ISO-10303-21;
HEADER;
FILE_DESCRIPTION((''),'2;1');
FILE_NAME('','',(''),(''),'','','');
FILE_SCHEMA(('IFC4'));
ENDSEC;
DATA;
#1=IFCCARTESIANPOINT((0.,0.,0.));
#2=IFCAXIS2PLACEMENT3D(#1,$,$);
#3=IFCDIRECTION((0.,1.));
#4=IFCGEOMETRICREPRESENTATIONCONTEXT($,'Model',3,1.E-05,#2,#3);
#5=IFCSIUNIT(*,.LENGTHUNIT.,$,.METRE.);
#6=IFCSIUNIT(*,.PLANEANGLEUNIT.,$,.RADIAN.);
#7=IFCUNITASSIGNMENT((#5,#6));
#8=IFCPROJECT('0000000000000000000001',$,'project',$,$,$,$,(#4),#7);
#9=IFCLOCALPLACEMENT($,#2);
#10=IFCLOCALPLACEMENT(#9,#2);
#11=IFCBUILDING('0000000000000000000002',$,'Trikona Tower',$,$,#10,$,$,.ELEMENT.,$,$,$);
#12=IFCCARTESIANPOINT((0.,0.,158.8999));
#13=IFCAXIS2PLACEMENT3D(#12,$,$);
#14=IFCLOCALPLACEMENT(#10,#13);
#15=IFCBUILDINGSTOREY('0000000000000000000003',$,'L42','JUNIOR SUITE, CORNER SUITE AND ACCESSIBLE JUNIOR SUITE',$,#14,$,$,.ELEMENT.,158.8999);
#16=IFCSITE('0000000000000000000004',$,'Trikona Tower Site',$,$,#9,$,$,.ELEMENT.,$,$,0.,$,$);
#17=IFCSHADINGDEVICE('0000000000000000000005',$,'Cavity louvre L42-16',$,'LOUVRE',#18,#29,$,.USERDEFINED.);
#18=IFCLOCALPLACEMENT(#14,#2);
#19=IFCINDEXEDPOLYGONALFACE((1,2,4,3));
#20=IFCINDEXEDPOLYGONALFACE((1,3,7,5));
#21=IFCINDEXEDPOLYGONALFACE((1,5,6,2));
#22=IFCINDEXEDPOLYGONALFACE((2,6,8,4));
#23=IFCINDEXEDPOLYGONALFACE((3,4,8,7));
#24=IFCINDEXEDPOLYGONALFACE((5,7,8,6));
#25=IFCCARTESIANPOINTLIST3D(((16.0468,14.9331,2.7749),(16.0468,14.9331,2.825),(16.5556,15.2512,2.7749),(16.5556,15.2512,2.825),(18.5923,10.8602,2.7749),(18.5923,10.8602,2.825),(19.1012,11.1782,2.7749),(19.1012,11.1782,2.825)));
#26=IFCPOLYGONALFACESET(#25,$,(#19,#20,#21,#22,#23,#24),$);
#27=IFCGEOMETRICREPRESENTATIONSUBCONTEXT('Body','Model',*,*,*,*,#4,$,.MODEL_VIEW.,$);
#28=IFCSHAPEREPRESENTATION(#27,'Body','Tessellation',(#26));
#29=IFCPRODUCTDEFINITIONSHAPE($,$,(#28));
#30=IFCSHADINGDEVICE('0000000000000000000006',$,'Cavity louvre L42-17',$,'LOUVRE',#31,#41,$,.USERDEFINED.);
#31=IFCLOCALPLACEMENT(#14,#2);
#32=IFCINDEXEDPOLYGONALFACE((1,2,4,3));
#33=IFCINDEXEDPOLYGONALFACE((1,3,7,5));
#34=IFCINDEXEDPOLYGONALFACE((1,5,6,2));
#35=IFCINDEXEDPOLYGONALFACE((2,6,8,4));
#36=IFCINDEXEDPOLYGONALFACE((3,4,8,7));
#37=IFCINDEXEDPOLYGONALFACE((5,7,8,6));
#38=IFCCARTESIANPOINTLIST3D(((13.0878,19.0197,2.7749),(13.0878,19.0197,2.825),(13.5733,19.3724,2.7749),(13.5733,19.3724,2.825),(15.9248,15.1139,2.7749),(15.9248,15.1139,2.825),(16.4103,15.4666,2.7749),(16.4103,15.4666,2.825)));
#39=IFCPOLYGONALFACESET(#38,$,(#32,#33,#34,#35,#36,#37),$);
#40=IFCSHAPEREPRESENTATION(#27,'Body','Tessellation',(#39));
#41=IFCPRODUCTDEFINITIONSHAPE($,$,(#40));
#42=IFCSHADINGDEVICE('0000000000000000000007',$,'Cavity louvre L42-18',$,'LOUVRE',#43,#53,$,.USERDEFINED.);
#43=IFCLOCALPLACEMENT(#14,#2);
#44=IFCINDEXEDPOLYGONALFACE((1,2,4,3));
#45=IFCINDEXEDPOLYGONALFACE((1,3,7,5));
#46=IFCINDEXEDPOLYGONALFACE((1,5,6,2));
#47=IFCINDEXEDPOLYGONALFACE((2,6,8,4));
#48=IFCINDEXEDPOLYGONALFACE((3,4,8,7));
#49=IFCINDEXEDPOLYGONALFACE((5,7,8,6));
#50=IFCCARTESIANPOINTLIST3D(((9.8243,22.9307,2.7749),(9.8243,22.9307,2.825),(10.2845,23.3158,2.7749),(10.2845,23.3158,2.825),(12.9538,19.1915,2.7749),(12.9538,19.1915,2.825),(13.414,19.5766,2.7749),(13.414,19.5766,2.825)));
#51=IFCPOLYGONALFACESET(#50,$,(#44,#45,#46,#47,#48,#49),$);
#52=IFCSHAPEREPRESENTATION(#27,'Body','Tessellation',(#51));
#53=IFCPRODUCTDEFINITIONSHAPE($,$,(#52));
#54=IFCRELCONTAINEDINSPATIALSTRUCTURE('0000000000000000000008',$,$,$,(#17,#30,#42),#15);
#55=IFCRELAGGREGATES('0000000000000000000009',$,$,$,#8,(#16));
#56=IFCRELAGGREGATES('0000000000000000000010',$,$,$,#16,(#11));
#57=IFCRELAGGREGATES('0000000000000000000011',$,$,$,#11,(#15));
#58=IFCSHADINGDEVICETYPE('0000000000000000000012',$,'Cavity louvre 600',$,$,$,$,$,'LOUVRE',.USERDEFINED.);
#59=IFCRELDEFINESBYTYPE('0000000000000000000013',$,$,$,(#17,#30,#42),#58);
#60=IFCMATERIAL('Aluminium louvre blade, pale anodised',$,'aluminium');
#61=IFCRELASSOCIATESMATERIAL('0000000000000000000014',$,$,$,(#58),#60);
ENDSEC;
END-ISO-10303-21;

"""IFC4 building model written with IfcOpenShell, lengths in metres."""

from ifc_helpers import new_model, si_unit, direction, frame, origin, origin_2d, place, context, subcontext, project, spatial, rectangle, extrude, material, type_object, element, save


model = new_model("IFC4")

# Units and contexts
model_context = context("Model", 3, precision=1e-05, world=origin(), true_north=direction((0.0, 1.0)))
body_context = subcontext(model_context, "Body", "Model", "MODEL_VIEW")
ifc_project = project(units=[si_unit("LENGTHUNIT", "METRE"), si_unit("PLANEANGLEUNIT", "RADIAN")], contexts=[model_context])

# Site, building, storey
site_placement = place(None, origin())
site = spatial("IfcSite", under=ifc_project, at=site_placement, Name="Trikona Tower Site", CompositionType="ELEMENT", RefElevation=0.0)
building_placement = place(site_placement, origin())
building = spatial("IfcBuilding", under=site, at=building_placement, Name="Trikona Tower", CompositionType="ELEMENT")
storey_placement = place(building_placement, frame((0.0, 0.0, 158.8999)))
storey = spatial("IfcBuildingStorey", under=building, at=storey_placement, Name="L42", Description="JUNIOR SUITE, CORNER SUITE AND ACCESSIBLE JUNIOR SUITE", CompositionType="ELEMENT", Elevation=158.8999)

# Shading devices
ifc_material_1 = material(Name="Aluminium louvre blade, pale anodised", Category="aluminium")
shading_device_type = type_object("IfcShadingDeviceType", Name="Cavity louvre 600", ElementType="LOUVRE", PredefinedType="USERDEFINED", material=ifc_material_1)
shading_device_1_placement = place(storey_placement, frame((17.574, 13.0557, 2.7749), z_axis=(0.0, 0.0, 1.0), x_axis=(-0.529995, 0.848001, 0.0)))
element("IfcShadingDevice", 1, at=shading_device_1_placement, inside=storey, type_object=shading_device_type, Name="Cavity louvre L42-16", ObjectType="LOUVRE", PredefinedType="USERDEFINED", context=body_context, shape_type="SweptSolid", body=[
    extrude(rectangle(XDim=4.803, YDim=0.6001, at=origin_2d()), origin(), (0.0, 0.0, 1.0), 0.05),
])
shading_device_2_placement = place(storey_placement, frame((14.749, 17.2432, 2.7749), z_axis=(0.0, 0.0, 1.0), x_axis=(-0.587686, 0.809089, 0.0)))
element("IfcShadingDevice", 2, at=shading_device_2_placement, inside=storey, type_object=shading_device_type, Name="Cavity louvre L42-17", ObjectType="LOUVRE", PredefinedType="USERDEFINED", context=body_context, shape_type="SweptSolid", body=[
    extrude(rectangle(XDim=4.8274, YDim=0.6001, at=origin_2d()), origin(), (0.0, 0.0, 1.0), 0.05),
])
shading_device_3_placement = place(storey_placement, frame((11.6191, 21.2537, 2.7749), z_axis=(0.0, 0.0, 1.0), x_axis=(-0.641807, 0.766866, 0.0)))
element("IfcShadingDevice", 3, at=shading_device_3_placement, inside=storey, type_object=shading_device_type, Name="Cavity louvre L42-18", ObjectType="LOUVRE", PredefinedType="USERDEFINED", context=body_context, shape_type="SweptSolid", body=[
    extrude(rectangle(XDim=4.876, YDim=0.6001, at=origin_2d()), origin(), (0.0, 0.0, 1.0), 0.05),
])

save(model, "model.ifc")
